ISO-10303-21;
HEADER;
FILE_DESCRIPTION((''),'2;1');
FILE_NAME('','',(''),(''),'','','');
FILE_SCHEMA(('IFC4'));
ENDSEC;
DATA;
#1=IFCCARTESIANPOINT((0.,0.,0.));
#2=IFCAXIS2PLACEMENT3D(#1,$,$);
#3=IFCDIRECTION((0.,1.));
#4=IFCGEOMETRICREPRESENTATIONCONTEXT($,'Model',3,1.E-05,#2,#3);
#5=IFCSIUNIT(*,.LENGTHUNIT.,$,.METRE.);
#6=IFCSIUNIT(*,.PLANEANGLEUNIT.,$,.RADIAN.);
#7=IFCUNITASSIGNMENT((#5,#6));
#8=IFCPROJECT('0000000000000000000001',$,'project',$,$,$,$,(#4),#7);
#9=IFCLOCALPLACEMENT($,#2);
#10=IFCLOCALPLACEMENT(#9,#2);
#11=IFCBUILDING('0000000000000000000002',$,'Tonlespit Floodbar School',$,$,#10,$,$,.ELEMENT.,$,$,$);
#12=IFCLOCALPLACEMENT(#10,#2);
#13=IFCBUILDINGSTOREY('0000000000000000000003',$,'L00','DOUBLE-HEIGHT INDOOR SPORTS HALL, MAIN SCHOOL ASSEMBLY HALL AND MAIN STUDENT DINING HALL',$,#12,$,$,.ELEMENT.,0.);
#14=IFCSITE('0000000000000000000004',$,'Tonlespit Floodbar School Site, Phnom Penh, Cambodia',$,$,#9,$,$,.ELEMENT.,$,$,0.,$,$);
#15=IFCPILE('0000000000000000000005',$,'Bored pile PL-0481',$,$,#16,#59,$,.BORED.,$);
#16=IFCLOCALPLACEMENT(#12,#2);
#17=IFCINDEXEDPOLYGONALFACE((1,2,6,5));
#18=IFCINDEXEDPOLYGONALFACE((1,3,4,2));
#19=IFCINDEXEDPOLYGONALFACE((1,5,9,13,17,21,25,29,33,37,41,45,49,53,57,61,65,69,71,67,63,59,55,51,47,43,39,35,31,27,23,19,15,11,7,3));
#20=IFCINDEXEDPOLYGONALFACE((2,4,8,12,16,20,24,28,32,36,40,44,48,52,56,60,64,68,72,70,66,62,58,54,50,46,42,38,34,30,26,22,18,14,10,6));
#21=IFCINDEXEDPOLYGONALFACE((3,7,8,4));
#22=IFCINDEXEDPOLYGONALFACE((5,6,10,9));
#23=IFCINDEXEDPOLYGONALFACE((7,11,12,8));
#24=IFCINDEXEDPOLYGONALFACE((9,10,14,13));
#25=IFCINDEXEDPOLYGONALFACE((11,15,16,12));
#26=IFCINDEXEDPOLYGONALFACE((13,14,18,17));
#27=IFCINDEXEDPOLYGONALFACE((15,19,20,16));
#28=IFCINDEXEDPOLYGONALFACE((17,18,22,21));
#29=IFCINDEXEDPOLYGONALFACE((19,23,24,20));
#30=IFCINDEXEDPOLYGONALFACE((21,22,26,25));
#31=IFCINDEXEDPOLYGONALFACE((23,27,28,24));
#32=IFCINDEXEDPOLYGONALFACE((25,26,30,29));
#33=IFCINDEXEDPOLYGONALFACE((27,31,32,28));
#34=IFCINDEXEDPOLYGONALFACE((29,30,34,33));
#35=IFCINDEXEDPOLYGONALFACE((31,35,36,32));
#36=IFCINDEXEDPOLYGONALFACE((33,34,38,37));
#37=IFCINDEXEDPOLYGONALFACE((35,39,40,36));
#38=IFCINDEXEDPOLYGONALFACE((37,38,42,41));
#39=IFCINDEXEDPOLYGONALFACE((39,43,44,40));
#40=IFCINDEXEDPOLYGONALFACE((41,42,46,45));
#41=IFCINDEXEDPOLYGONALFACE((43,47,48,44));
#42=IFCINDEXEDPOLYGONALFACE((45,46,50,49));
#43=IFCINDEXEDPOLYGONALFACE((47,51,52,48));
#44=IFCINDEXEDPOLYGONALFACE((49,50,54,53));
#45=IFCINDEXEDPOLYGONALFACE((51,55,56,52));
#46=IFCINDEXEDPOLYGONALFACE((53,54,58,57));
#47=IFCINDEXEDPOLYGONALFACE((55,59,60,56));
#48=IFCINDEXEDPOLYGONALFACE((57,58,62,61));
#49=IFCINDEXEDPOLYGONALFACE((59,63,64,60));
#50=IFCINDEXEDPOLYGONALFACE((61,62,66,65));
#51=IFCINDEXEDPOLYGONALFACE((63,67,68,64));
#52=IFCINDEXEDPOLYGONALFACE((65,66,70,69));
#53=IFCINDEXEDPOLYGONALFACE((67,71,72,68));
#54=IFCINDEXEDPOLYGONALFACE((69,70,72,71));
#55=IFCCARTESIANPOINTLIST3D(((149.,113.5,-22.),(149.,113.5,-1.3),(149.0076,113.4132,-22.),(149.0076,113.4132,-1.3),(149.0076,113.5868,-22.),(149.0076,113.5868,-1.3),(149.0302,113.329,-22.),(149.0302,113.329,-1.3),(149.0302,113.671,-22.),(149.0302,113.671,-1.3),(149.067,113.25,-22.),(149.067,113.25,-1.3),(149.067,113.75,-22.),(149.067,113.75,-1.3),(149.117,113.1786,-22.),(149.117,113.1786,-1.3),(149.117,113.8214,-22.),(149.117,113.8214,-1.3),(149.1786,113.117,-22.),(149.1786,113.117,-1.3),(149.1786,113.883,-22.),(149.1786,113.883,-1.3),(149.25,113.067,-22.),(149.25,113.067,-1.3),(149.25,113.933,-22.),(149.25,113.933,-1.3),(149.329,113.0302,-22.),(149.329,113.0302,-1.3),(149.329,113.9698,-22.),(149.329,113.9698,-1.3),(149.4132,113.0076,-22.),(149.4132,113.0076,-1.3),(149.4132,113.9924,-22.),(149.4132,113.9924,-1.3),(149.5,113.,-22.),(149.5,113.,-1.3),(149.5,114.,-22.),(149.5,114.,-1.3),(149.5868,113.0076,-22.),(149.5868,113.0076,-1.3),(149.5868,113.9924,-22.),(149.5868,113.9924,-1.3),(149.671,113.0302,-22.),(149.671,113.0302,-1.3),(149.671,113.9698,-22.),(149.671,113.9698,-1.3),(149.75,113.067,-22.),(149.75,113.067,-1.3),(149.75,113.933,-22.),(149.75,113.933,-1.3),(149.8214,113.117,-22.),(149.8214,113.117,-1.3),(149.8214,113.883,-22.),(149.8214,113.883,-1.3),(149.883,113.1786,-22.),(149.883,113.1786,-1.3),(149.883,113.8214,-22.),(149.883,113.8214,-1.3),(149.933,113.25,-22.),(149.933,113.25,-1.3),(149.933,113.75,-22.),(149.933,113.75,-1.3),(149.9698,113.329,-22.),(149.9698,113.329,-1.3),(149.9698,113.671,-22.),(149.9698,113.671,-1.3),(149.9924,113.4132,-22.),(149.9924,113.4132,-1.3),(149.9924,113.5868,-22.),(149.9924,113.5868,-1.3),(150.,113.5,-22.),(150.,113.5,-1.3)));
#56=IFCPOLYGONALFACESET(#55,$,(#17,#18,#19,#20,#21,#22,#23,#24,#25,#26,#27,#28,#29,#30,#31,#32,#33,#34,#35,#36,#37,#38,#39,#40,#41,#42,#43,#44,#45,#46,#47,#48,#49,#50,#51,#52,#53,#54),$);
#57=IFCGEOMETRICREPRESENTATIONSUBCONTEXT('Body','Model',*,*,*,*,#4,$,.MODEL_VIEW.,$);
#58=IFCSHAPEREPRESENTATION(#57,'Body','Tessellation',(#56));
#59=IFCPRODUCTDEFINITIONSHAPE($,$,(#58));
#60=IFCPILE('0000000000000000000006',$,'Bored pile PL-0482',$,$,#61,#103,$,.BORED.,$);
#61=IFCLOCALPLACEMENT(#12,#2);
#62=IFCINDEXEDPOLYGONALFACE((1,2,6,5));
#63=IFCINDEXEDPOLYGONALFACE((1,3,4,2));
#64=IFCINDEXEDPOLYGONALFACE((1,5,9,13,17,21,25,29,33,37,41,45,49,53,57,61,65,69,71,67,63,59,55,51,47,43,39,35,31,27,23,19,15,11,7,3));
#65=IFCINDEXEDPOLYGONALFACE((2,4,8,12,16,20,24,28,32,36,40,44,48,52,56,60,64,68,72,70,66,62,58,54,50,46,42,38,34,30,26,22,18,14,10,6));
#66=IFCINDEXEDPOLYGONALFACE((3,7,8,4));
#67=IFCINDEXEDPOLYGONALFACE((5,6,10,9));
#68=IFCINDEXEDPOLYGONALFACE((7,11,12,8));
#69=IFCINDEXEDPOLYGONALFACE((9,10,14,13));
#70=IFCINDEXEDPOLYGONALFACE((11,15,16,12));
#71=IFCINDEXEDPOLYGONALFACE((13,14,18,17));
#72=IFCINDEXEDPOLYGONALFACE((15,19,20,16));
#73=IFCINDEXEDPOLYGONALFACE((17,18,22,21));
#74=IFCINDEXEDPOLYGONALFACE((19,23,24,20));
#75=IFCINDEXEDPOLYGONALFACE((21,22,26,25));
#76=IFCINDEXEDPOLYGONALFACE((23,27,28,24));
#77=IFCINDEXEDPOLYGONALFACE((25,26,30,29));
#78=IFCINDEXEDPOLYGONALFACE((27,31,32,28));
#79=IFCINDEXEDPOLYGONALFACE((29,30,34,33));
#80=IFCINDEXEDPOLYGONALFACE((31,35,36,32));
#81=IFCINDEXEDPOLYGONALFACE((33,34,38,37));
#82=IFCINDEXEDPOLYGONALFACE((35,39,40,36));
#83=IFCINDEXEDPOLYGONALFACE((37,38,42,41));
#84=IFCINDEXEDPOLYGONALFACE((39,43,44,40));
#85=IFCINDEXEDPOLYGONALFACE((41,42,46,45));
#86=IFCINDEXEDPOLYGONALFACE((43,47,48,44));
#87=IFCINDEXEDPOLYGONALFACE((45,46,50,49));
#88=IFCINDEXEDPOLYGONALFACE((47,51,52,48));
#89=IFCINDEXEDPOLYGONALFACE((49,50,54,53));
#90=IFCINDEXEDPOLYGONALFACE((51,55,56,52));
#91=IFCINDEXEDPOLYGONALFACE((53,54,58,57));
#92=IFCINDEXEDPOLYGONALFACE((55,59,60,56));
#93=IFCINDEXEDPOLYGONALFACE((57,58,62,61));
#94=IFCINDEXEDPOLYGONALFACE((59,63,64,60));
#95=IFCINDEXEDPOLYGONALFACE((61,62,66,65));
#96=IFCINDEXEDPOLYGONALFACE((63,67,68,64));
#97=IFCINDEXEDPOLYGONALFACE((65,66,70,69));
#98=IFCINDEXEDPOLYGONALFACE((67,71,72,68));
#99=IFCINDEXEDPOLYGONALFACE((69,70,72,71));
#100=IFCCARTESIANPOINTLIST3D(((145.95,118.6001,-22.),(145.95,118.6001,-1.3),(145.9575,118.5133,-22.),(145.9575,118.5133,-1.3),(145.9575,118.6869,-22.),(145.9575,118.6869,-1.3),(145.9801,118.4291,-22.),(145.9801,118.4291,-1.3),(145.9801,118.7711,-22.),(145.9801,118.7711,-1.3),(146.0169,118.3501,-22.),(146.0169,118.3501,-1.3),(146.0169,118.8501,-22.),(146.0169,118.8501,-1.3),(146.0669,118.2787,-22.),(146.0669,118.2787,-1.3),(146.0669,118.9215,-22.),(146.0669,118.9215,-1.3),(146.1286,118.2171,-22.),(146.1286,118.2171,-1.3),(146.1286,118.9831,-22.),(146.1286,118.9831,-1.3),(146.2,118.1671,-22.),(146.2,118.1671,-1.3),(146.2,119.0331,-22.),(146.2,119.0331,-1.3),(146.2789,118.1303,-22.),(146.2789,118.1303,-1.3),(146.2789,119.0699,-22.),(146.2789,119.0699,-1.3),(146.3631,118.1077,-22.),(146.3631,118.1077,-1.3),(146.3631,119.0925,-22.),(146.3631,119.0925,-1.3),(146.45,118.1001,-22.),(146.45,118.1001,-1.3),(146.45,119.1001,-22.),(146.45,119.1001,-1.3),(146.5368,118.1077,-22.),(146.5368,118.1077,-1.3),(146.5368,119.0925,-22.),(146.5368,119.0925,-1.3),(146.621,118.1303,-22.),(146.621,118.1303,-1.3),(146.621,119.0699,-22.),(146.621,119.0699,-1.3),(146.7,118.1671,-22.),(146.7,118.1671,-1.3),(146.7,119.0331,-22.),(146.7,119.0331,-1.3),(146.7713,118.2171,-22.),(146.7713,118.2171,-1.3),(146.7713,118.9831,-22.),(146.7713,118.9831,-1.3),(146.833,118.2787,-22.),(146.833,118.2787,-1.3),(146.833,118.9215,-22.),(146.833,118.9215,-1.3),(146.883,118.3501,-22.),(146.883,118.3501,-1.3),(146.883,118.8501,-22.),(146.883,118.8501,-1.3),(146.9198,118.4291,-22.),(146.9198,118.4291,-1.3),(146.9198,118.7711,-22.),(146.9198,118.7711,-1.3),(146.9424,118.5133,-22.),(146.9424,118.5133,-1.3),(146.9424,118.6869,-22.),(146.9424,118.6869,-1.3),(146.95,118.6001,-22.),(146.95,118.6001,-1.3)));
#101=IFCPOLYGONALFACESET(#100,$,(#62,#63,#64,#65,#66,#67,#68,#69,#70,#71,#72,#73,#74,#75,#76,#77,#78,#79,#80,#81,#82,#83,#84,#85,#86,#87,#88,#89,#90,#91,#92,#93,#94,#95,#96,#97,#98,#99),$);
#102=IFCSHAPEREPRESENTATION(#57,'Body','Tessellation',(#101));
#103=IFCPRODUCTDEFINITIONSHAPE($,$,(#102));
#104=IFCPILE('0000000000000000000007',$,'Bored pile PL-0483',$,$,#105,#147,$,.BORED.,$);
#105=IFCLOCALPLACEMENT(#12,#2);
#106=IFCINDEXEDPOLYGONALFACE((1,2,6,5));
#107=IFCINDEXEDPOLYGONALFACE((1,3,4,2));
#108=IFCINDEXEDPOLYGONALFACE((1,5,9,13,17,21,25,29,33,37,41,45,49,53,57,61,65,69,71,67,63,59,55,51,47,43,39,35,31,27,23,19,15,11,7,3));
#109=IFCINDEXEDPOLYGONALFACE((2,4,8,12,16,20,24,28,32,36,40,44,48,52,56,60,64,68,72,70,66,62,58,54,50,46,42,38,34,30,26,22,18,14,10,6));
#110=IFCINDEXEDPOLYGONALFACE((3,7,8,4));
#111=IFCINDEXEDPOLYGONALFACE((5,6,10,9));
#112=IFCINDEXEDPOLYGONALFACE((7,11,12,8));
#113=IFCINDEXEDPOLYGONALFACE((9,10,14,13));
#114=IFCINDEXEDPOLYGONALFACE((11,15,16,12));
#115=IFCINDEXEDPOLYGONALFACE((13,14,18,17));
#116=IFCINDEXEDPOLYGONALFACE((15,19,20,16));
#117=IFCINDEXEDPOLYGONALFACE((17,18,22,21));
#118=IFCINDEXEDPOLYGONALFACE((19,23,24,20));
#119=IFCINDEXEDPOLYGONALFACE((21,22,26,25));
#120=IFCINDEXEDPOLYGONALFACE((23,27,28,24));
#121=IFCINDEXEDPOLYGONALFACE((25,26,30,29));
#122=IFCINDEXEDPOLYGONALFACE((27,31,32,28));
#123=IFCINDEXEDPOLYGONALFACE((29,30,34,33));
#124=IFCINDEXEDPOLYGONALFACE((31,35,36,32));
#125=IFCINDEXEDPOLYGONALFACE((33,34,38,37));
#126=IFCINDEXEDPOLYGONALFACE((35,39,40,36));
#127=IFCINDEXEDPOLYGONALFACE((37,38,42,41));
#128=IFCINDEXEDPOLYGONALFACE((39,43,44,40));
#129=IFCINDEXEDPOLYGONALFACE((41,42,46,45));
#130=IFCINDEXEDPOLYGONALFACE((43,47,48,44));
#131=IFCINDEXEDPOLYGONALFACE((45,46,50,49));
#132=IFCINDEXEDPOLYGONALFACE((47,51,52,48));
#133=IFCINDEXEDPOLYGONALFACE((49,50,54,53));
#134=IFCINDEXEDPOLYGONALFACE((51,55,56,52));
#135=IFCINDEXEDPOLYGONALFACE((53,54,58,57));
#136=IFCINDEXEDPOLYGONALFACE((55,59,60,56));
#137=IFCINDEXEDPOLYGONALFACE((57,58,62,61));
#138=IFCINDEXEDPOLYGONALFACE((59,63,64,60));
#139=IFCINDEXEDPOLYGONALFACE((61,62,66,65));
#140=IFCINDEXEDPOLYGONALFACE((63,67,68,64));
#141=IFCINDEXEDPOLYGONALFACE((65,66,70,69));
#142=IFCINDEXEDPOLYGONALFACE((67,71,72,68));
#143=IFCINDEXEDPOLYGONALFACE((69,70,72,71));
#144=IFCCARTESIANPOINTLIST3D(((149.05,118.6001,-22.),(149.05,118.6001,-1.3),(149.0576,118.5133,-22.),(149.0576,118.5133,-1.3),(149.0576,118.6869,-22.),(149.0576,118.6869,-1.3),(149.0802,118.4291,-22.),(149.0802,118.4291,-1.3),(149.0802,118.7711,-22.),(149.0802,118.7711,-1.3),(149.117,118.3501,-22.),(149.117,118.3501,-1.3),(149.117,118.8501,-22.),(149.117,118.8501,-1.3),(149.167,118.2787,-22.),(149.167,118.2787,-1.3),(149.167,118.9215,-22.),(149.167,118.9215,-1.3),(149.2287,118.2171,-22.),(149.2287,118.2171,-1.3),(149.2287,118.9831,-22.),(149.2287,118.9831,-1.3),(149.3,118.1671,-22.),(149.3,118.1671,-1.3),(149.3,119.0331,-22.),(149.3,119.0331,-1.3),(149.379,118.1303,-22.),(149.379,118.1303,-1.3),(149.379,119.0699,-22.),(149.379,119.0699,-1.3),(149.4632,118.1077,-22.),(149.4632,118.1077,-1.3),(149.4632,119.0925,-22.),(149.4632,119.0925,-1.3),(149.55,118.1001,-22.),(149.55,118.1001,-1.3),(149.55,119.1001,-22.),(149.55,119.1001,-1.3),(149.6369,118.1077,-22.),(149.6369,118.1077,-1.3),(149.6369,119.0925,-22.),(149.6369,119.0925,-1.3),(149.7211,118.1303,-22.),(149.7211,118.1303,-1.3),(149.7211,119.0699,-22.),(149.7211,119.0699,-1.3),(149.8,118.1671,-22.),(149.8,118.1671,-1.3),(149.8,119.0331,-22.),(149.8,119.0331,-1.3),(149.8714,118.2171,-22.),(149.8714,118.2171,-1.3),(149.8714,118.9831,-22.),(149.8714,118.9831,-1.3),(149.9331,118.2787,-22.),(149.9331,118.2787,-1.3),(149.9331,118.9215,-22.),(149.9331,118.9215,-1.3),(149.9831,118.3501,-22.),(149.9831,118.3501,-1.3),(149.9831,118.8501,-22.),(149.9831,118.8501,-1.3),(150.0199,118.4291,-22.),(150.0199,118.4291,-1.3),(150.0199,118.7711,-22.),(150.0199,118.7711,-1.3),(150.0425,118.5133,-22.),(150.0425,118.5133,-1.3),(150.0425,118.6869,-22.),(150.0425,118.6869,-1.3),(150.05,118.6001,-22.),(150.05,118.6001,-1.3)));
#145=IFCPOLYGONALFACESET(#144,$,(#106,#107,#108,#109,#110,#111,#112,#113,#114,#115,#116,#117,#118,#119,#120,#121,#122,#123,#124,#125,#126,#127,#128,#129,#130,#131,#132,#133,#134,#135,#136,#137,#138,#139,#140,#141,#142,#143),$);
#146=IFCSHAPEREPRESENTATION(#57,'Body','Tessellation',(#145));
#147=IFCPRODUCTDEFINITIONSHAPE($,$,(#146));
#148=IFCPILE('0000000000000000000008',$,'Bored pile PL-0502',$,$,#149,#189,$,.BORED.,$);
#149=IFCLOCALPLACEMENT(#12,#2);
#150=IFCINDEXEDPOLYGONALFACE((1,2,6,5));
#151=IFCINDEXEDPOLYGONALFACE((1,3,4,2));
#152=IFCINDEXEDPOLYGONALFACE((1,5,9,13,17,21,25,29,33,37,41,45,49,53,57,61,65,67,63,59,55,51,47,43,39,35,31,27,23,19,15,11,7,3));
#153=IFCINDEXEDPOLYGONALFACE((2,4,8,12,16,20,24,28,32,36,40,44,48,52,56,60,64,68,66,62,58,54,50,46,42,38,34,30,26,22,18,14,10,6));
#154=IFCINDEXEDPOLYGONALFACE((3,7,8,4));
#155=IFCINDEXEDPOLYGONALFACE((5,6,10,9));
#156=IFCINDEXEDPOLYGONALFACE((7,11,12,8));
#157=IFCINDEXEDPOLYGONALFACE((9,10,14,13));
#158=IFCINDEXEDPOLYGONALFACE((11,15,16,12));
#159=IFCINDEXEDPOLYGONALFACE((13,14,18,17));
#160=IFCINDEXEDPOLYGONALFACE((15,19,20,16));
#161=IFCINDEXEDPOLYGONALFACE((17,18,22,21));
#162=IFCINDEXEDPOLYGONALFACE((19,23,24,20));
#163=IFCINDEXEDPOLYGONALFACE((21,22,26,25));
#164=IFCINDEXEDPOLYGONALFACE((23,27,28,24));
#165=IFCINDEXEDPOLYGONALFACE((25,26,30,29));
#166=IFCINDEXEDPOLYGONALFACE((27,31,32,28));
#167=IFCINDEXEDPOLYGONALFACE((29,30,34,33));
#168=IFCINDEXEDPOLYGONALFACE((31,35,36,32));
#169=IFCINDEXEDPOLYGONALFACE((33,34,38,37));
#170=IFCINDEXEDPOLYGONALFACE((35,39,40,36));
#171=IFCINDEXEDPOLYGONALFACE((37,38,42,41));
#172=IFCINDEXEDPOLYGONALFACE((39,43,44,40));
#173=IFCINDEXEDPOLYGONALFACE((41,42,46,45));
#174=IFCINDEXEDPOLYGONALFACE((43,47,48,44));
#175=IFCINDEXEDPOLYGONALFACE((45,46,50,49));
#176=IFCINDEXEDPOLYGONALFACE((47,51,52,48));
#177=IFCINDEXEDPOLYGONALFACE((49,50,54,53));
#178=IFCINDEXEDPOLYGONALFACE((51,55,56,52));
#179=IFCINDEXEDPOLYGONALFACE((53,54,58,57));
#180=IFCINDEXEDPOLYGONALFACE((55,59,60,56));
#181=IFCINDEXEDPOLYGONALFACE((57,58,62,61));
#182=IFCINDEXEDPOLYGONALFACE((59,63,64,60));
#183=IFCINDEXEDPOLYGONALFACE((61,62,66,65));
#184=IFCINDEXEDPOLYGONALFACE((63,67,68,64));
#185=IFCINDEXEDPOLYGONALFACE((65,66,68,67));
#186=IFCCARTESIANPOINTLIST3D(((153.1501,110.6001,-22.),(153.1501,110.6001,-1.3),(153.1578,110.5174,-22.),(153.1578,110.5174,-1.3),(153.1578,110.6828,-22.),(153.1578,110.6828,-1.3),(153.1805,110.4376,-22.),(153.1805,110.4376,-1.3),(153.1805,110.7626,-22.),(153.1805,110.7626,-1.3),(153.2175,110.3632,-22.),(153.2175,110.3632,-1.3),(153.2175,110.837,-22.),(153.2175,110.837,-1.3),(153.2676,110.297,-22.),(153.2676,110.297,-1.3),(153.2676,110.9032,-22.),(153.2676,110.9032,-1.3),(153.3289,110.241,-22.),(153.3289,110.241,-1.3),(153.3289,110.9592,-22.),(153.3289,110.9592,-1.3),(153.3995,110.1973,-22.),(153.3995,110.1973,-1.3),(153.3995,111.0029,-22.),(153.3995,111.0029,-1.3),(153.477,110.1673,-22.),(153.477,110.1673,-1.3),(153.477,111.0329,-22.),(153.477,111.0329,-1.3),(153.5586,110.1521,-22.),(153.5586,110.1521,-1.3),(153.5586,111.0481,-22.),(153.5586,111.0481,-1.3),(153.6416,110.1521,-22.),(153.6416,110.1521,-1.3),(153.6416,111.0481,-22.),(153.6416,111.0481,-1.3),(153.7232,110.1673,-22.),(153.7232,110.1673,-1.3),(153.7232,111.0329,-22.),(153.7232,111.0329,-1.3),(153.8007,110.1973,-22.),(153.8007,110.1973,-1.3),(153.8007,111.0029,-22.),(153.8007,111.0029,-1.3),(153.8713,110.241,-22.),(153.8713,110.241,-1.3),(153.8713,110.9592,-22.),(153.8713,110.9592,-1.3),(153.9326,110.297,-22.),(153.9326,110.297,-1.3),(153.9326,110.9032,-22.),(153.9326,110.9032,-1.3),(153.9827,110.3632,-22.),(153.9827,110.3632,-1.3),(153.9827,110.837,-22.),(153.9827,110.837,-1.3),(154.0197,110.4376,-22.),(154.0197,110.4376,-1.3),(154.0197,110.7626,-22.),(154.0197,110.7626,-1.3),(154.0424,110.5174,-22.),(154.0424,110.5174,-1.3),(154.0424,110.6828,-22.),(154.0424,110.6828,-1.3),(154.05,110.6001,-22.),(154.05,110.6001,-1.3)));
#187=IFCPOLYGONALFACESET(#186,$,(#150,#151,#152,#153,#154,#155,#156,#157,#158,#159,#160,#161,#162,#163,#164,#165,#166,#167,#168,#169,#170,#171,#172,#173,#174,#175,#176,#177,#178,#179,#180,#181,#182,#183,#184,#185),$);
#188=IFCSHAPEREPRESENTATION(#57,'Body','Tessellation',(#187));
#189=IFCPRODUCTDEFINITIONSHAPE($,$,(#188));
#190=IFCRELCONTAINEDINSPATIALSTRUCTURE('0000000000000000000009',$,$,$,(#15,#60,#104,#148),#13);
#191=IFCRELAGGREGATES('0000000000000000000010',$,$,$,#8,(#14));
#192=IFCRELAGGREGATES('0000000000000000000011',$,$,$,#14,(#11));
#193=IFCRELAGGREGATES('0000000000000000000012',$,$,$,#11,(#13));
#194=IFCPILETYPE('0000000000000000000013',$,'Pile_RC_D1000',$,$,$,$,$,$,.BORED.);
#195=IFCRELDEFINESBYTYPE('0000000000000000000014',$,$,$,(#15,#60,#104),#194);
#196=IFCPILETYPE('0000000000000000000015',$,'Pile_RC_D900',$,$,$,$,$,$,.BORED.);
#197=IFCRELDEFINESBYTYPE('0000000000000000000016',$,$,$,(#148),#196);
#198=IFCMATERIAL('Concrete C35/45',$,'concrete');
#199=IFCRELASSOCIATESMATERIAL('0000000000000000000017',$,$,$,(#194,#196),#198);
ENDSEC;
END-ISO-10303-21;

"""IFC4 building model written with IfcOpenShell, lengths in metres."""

from ifc_helpers import new_model, si_unit, direction, frame, origin, origin_2d, place, context, subcontext, project, spatial, circle, extrude, material, material_profile, profile_set, type_object, element, save


model = new_model("IFC4")

# Units and contexts
model_context = context("Model", 3, precision=1e-05, world=origin(), true_north=direction((0.0, 1.0)))
body_context = subcontext(model_context, "Body", "Model", "MODEL_VIEW")
ifc_project = project(units=[si_unit("LENGTHUNIT", "METRE"), si_unit("PLANEANGLEUNIT", "RADIAN")], contexts=[model_context])

# Site, building, storey
site_placement = place(None, origin())
site = spatial("IfcSite", under=ifc_project, at=site_placement, Name="Tonlespit Floodbar School Site, Phnom Penh, Cambodia", CompositionType="ELEMENT", RefElevation=0.0)
building_placement = place(site_placement, origin())
building = spatial("IfcBuilding", under=site, at=building_placement, Name="Tonlespit Floodbar School", CompositionType="ELEMENT")
storey_placement = place(building_placement, origin())
storey = spatial("IfcBuildingStorey", under=building, at=storey_placement, Name="L00", Description="DOUBLE-HEIGHT INDOOR SPORTS HALL, MAIN SCHOOL ASSEMBLY HALL AND MAIN STUDENT DINING HALL", CompositionType="ELEMENT", Elevation=0.0)

# Piles
ifc_material_1 = material(Name="Concrete C35/45", Category="concrete")
ifc_material_profile_1 = material_profile(ifc_material_1, circle(Radius=0.5, at=origin_2d()), Name="BP D1000")
ifc_profile_set_1 = profile_set([ifc_material_profile_1], Name="Concrete C35/45")
pile_type_1 = type_object("IfcPileType", Name="Pile_RC_D1000", PredefinedType="BORED", material=ifc_profile_set_1)
for number, where, z_axis, x_axis, name in (
    (1, (149.5, 113.5, -1.3), (0.0, 0.0, -1.0), (1.0, 0.0, 0.0), "Bored pile PL-0481"),
    (2, (146.45, 118.6001, -1.3), (0.0, 0.0, -1.0), (1.0, 0.0, 0.0), "Bored pile PL-0482"),
    (3, (149.55, 118.6001, -1.3), (0.0, 0.0, -1.0), (1.0, 0.0, 0.0), "Bored pile PL-0483"),
):
    element("IfcPile", number, at=place(storey_placement, frame(where, z_axis=z_axis, x_axis=x_axis)), inside=storey, type_object=pile_type_1, Name=name, PredefinedType="BORED", context=body_context, shape_type="SweptSolid", body=[
        extrude(circle(Radius=0.5, at=origin_2d()), origin(), (0.0, 0.0, 1.0), 20.7),
    ])
ifc_material_profile_2 = material_profile(ifc_material_1, circle(Radius=0.45, at=origin_2d()), Name="BP D900")
ifc_profile_set_2 = profile_set([ifc_material_profile_2], Name="Concrete C35/45")
pile_type_2 = type_object("IfcPileType", Name="Pile_RC_D900", PredefinedType="BORED", material=ifc_profile_set_2)
for number, where, z_axis, x_axis, name in (
    (4, (153.6001, 110.6001, -1.3), (0.0, 0.0, -1.0), (1.0, 0.0, 0.0), "Bored pile PL-0502"),
):
    element("IfcPile", number, at=place(storey_placement, frame(where, z_axis=z_axis, x_axis=x_axis)), inside=storey, type_object=pile_type_2, Name=name, PredefinedType="BORED", context=body_context, shape_type="SweptSolid", body=[
        extrude(circle(Radius=0.45, at=origin_2d()), origin(), (0.0, 0.0, 1.0), 20.7),
    ])

save(model, "model.ifc")
